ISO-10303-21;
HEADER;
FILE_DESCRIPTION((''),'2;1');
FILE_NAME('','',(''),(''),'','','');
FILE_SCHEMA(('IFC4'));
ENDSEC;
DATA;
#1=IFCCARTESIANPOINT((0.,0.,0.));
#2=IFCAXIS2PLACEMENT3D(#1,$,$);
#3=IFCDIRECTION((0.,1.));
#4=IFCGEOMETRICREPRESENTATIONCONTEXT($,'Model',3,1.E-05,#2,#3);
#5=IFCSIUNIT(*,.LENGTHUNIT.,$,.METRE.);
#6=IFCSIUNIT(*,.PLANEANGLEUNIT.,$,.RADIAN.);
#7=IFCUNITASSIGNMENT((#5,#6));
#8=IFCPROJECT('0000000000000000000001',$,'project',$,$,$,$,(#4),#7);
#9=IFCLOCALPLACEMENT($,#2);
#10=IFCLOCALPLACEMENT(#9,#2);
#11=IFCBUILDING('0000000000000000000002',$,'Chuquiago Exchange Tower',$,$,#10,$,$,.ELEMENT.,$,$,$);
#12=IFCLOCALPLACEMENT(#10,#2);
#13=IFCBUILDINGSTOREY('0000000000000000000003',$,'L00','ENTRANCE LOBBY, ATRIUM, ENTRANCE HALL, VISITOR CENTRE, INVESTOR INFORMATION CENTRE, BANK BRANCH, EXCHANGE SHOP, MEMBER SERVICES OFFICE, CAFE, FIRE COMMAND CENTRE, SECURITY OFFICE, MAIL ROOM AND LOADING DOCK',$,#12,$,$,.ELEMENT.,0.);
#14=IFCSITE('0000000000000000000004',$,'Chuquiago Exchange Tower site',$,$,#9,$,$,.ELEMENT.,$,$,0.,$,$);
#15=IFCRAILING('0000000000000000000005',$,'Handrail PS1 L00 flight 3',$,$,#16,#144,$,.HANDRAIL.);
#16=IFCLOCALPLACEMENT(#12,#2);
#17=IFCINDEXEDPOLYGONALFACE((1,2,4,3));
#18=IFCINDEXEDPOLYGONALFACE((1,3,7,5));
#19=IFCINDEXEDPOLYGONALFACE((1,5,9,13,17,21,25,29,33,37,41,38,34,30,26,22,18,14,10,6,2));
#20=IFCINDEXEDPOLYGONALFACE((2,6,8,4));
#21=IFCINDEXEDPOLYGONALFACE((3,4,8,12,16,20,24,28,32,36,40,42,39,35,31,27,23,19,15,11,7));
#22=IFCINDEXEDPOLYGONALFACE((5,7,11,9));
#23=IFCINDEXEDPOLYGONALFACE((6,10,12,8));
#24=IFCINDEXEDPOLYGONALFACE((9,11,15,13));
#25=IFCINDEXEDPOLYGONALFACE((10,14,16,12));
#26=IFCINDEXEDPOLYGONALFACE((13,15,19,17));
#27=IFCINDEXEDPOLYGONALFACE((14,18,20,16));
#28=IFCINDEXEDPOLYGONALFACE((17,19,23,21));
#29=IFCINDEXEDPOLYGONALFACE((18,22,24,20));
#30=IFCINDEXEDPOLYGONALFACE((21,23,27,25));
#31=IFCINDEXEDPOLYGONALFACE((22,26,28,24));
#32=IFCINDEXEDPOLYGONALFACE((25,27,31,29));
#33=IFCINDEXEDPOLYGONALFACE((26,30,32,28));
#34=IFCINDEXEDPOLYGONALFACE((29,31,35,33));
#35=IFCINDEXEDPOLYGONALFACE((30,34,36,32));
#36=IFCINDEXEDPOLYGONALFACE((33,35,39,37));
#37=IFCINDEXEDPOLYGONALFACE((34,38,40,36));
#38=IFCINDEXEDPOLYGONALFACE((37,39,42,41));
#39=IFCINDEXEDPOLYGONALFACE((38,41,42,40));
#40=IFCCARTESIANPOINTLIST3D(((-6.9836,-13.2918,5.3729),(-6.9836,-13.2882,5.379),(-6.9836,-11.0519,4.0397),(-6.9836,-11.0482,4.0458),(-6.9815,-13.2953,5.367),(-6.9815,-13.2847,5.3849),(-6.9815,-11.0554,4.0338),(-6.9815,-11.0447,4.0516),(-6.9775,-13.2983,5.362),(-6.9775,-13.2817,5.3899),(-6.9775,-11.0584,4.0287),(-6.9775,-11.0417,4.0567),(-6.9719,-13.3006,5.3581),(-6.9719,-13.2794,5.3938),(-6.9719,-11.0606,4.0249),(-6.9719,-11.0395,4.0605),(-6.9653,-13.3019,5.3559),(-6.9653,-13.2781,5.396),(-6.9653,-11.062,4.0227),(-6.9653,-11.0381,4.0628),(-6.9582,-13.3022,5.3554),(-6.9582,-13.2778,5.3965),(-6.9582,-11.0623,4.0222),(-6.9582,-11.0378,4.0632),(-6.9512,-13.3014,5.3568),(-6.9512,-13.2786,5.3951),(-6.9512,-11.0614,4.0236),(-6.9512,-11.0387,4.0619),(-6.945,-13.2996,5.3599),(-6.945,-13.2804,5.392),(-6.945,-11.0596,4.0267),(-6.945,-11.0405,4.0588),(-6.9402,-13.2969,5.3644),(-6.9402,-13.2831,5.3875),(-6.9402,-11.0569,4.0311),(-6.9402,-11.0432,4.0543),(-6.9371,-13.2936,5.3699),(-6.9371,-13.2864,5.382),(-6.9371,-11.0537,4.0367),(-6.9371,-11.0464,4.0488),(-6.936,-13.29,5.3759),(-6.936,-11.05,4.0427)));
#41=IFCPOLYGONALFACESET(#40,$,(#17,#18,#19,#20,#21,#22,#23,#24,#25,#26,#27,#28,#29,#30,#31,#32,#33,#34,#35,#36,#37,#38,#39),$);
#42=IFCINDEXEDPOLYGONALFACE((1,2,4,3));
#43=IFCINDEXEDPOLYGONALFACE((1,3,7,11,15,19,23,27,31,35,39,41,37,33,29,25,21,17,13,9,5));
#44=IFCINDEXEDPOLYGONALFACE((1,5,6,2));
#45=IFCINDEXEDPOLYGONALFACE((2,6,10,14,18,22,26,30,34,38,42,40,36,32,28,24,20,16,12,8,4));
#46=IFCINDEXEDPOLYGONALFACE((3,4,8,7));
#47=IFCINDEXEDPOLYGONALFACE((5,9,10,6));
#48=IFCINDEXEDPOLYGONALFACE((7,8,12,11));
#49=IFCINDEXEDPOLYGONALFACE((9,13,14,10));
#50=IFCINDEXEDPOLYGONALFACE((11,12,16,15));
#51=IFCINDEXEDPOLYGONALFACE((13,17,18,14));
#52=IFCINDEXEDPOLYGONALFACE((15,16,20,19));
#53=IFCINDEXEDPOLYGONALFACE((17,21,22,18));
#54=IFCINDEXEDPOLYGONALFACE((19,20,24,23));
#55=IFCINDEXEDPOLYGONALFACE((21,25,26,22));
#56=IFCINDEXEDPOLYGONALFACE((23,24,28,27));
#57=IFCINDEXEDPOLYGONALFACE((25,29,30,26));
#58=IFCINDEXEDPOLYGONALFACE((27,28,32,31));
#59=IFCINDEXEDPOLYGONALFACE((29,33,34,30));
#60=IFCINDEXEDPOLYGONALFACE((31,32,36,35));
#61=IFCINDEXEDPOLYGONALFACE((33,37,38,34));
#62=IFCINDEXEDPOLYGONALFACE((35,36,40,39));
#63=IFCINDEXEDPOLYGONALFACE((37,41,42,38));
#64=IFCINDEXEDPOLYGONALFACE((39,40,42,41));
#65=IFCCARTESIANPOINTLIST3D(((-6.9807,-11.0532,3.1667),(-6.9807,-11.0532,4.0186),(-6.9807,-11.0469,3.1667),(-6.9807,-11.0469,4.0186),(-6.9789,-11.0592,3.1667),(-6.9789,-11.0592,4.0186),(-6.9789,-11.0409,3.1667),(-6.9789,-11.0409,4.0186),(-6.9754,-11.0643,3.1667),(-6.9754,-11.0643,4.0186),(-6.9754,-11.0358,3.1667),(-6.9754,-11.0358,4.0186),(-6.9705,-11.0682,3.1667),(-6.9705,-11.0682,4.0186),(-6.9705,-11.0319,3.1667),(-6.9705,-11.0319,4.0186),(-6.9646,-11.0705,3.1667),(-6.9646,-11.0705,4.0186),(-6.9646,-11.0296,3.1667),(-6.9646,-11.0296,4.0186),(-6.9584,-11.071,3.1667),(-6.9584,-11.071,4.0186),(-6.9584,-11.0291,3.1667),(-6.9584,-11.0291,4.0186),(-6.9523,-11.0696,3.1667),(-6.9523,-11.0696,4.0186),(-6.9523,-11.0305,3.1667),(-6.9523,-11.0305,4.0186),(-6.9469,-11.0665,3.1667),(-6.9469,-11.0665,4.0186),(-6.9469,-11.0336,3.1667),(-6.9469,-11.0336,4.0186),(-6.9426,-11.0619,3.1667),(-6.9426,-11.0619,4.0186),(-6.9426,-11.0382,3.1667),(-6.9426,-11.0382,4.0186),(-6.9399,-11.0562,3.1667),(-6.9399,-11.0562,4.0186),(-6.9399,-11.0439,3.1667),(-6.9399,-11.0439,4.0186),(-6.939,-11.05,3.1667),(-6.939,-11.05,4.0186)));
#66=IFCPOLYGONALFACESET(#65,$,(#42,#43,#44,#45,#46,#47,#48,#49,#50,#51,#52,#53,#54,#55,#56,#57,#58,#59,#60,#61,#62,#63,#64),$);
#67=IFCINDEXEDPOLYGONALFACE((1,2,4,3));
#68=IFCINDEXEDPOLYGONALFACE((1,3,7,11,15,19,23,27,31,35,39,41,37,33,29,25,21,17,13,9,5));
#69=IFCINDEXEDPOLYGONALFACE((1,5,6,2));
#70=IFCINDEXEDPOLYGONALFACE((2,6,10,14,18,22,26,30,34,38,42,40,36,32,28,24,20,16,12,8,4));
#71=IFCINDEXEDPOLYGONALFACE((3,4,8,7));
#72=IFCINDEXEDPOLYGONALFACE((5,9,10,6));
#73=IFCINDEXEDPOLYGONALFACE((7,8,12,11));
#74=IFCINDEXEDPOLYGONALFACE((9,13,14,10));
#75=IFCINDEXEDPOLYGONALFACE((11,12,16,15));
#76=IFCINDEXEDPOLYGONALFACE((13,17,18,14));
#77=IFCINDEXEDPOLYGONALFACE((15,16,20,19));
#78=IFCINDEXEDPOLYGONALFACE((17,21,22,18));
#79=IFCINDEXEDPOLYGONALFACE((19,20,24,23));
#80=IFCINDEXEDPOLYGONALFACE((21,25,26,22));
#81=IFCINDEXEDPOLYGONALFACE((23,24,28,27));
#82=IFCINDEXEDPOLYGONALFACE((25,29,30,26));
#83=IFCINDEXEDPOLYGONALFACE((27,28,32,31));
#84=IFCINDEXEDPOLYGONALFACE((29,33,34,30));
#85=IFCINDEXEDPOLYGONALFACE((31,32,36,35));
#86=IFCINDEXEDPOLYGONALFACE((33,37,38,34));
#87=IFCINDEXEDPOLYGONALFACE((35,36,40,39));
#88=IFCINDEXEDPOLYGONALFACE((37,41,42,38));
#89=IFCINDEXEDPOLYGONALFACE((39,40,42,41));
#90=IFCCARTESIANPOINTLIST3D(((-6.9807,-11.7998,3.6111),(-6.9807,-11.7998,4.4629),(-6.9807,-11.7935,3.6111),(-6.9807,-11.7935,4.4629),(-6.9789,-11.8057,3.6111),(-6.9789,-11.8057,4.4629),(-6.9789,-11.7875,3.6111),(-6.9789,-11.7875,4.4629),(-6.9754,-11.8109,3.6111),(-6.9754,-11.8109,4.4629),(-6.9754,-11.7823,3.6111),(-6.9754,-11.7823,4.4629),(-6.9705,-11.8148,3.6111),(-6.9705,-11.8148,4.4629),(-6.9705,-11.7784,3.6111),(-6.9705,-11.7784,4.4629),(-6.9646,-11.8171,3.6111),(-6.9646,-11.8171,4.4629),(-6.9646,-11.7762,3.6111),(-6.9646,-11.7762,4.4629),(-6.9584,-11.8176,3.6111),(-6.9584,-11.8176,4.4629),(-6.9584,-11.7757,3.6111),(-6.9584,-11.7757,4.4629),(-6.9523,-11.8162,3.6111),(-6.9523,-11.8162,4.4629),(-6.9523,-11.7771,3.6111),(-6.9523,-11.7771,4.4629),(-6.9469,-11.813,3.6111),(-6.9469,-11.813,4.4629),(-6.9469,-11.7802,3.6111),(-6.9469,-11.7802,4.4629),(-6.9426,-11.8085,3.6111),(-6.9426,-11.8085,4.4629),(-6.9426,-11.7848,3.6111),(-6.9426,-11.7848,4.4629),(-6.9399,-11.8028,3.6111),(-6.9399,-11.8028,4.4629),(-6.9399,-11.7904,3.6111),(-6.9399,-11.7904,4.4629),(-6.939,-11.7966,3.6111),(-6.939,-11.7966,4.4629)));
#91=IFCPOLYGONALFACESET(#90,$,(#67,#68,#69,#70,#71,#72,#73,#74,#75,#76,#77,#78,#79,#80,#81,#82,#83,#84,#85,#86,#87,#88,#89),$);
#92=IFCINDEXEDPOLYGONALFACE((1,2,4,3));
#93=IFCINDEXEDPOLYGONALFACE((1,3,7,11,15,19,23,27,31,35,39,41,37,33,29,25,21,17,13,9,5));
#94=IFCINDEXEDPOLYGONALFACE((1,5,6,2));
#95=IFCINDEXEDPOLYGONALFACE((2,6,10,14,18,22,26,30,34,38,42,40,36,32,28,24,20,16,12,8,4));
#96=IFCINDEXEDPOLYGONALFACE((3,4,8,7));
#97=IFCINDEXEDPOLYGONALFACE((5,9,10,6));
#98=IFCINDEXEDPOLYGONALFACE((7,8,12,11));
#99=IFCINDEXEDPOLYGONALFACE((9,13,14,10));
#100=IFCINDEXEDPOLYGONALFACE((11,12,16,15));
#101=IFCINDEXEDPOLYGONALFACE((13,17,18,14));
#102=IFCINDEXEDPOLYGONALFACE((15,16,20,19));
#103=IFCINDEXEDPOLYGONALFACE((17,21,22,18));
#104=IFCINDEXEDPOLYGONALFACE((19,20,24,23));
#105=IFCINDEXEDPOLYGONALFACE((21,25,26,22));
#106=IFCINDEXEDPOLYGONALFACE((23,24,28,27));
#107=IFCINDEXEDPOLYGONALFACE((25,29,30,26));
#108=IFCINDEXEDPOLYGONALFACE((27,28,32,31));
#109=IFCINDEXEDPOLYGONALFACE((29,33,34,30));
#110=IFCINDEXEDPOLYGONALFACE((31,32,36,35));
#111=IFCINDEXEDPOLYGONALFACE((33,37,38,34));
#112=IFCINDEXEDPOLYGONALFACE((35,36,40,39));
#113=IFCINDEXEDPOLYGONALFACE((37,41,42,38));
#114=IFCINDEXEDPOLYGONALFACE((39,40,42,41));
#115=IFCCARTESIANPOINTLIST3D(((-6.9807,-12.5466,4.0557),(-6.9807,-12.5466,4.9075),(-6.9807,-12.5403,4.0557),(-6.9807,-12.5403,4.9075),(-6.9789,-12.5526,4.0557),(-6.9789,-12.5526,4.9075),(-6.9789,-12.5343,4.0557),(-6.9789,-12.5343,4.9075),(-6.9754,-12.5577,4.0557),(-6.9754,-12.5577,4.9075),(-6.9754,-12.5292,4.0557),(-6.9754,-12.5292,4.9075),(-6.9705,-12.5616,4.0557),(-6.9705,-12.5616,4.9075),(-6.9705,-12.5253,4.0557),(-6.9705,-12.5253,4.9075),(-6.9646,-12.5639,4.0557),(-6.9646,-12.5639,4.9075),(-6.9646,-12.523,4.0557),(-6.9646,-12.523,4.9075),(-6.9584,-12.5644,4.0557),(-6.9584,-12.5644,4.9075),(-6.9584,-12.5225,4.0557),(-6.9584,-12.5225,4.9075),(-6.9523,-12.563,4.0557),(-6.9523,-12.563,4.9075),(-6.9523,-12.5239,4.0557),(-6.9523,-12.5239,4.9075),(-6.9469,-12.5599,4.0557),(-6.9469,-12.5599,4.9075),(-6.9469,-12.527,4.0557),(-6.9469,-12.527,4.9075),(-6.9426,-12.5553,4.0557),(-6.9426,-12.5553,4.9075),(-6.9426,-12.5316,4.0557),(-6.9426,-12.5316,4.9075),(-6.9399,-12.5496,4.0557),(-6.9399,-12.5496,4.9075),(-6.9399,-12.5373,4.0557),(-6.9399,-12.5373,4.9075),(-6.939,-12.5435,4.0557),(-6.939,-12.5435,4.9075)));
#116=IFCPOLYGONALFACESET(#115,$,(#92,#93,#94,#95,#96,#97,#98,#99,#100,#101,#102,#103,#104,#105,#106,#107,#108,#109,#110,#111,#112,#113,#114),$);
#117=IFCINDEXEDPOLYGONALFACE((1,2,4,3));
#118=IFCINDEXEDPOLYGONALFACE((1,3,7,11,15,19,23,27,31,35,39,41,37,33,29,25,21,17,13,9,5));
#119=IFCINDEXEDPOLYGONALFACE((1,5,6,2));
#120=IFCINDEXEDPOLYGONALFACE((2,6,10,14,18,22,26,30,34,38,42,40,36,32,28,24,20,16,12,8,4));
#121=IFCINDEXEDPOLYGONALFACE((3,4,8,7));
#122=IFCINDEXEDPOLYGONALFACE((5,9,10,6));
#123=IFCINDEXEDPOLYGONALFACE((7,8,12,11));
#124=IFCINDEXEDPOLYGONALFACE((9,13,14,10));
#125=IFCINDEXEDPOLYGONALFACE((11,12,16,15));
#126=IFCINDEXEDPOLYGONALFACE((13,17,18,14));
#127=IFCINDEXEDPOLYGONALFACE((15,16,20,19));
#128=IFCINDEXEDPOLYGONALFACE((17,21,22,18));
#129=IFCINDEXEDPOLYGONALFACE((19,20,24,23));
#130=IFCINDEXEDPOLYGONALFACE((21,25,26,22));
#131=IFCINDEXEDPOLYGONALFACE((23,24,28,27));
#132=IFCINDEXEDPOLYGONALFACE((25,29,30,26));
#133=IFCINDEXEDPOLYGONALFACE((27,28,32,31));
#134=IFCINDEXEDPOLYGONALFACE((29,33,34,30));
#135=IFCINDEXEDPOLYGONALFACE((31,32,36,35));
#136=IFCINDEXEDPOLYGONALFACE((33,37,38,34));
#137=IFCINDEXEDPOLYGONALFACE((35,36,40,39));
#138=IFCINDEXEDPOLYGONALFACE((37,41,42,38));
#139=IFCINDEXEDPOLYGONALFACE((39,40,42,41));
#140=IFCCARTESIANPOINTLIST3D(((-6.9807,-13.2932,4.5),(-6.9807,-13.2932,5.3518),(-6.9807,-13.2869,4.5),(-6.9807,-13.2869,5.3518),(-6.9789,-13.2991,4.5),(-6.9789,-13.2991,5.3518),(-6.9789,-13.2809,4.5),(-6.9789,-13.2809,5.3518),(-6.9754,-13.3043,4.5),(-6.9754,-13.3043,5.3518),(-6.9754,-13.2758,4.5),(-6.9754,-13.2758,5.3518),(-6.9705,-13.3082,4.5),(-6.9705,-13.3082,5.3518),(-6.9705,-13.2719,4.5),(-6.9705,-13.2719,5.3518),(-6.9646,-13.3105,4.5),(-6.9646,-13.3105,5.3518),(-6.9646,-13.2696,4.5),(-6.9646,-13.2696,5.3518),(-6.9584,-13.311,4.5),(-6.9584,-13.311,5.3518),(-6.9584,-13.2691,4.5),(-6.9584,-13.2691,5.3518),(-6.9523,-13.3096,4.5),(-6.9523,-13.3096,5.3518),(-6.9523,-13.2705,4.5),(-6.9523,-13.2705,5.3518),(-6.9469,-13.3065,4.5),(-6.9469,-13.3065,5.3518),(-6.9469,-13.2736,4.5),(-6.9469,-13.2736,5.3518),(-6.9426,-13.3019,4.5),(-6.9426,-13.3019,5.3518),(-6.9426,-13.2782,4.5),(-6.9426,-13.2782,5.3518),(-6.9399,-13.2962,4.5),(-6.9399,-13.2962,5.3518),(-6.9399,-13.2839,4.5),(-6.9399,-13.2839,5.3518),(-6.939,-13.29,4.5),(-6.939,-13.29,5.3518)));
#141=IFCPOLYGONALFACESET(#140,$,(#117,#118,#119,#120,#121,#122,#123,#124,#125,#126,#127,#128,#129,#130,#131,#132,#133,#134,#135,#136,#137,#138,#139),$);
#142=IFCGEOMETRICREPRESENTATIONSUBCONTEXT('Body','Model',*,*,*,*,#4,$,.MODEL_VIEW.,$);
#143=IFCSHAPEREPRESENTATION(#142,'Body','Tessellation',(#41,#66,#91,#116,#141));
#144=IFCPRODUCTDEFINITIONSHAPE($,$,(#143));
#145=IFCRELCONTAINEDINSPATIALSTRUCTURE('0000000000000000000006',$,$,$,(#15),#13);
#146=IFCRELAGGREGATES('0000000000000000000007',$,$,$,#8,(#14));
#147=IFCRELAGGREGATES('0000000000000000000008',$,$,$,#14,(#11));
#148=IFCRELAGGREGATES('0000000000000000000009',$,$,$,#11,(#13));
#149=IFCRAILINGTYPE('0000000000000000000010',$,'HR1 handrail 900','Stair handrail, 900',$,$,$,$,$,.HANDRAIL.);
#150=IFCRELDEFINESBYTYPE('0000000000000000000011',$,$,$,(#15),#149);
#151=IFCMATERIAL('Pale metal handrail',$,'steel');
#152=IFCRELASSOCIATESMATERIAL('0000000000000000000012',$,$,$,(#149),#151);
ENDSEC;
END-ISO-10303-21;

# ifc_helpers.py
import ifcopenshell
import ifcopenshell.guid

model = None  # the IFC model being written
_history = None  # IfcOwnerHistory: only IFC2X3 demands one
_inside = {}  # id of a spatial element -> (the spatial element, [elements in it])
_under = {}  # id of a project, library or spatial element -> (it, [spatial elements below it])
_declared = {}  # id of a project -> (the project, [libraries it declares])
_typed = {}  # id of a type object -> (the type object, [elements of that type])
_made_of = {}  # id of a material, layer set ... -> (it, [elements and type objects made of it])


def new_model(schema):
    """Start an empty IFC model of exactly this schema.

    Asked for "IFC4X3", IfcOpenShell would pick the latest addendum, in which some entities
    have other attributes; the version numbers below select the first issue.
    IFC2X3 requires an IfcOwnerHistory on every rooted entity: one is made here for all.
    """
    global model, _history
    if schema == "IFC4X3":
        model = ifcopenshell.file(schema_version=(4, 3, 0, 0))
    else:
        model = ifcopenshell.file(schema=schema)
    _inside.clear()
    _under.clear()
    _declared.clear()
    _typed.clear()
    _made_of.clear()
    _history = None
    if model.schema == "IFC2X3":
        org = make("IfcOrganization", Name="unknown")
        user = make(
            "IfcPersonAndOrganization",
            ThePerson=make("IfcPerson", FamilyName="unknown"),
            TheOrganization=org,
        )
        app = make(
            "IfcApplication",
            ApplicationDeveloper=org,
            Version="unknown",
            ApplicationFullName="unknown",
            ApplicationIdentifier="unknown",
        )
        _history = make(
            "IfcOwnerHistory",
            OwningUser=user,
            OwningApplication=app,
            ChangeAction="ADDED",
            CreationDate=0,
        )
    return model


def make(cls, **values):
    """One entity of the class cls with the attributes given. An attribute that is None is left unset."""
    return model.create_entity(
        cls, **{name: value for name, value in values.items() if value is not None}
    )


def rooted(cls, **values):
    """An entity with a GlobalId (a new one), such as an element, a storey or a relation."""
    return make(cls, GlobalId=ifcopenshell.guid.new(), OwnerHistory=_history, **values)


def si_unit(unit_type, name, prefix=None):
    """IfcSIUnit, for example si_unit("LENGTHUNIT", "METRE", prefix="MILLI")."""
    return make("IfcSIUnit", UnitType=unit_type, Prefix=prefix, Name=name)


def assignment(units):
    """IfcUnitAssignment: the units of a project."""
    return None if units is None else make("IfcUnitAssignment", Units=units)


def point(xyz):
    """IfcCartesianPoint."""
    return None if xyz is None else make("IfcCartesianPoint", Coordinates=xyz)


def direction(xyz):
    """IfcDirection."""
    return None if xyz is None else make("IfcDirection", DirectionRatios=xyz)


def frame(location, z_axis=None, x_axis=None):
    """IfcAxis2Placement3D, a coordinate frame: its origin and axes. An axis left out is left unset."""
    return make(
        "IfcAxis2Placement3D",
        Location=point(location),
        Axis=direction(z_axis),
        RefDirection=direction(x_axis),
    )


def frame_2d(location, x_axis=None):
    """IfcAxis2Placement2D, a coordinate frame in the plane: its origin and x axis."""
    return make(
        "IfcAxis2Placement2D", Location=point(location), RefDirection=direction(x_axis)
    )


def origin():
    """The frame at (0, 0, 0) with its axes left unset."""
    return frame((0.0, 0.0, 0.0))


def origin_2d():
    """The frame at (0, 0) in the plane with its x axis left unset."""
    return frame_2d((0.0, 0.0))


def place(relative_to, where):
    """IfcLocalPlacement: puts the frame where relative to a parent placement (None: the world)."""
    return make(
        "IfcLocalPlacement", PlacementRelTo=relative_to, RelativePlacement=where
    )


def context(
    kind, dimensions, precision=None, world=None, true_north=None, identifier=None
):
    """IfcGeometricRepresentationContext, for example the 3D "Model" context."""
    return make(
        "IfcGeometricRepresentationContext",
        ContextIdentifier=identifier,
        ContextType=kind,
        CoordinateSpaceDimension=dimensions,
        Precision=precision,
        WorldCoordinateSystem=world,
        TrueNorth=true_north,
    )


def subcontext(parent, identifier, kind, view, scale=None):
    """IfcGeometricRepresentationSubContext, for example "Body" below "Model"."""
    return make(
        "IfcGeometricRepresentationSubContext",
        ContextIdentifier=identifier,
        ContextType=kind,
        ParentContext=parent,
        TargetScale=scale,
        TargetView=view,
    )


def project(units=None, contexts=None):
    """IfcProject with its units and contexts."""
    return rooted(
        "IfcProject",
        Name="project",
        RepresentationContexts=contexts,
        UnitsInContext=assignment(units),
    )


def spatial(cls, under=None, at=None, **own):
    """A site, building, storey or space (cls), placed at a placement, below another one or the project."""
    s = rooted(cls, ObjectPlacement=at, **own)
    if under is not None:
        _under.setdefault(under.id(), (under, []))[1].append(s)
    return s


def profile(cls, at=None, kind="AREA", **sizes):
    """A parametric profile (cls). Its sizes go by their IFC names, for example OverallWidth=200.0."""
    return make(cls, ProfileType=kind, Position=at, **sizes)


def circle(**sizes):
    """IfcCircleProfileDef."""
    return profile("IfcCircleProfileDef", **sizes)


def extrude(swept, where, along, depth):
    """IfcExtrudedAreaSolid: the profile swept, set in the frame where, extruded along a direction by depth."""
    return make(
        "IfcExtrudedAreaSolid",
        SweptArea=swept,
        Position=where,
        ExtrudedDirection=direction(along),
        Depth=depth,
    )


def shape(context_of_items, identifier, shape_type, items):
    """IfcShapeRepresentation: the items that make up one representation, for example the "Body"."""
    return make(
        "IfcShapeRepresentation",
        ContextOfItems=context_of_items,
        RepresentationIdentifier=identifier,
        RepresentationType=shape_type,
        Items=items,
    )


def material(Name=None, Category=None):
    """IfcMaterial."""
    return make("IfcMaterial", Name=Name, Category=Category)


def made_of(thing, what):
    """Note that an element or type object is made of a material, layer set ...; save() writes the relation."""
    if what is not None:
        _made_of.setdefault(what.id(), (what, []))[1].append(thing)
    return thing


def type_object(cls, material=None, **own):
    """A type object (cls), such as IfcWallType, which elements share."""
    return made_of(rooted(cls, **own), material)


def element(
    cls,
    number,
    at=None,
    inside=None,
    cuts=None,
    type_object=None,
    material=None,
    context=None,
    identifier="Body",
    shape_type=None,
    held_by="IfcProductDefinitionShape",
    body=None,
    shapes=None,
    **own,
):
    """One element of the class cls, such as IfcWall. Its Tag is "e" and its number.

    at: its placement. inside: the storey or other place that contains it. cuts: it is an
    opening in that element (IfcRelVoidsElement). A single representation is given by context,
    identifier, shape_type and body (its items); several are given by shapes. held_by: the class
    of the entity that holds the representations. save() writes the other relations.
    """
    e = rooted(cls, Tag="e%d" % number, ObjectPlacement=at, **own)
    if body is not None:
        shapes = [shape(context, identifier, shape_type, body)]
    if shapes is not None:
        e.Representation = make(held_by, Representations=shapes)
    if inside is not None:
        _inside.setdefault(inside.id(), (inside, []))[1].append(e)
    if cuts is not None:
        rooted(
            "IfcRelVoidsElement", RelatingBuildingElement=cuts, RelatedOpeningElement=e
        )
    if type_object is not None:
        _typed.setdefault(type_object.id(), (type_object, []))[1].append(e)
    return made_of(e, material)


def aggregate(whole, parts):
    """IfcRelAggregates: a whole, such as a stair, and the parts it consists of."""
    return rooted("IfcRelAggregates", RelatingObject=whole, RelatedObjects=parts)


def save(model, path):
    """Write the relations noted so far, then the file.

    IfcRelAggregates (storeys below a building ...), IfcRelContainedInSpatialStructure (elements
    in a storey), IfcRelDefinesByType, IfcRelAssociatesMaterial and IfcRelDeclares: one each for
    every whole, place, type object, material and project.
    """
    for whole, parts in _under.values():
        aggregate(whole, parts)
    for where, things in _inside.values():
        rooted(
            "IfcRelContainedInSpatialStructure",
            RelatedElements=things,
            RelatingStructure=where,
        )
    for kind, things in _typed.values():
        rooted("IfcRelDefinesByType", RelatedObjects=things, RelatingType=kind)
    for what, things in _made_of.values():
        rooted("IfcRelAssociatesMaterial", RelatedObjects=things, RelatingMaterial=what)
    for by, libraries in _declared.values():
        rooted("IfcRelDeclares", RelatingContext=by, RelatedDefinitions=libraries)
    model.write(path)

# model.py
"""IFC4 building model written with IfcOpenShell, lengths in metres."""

from ifc_helpers import new_model, si_unit, direction, frame, origin, origin_2d, place, context, subcontext, project, spatial, circle, extrude, material, type_object, element, save


model = new_model("IFC4")

# Units and contexts
model_context = context("Model", 3, precision=1e-05, world=origin(), true_north=direction((0.0, 1.0)))
body_context = subcontext(model_context, "Body", "Model", "MODEL_VIEW")
ifc_project = project(units=[si_unit("LENGTHUNIT", "METRE"), si_unit("PLANEANGLEUNIT", "RADIAN")], contexts=[model_context])

# Site, building, storey
site_placement = place(None, origin())
site = spatial("IfcSite", under=ifc_project, at=site_placement, Name="Chuquiago Exchange Tower site", CompositionType="ELEMENT", RefElevation=0.0)
building_placement = place(site_placement, origin())
building = spatial("IfcBuilding", under=site, at=building_placement, Name="Chuquiago Exchange Tower", CompositionType="ELEMENT")
storey_placement = place(building_placement, origin())
storey = spatial("IfcBuildingStorey", under=building, at=storey_placement, Name="L00", Description="ENTRANCE LOBBY, ATRIUM, ENTRANCE HALL, VISITOR CENTRE, INVESTOR INFORMATION CENTRE, BANK BRANCH, EXCHANGE SHOP, MEMBER SERVICES OFFICE, CAFE, FIRE COMMAND CENTRE, SECURITY OFFICE, MAIL ROOM AND LOADING DOCK", CompositionType="ELEMENT", Elevation=0.0)

# Railing
ifc_material_1 = material(Name="Pale metal handrail", Category="steel")
railing_type = type_object("IfcRailingType", Name="HR1 handrail 900", Description="Stair handrail, 900", PredefinedType="HANDRAIL", material=ifc_material_1)
for number, where, name in (
    (1, (-6.96, -11.05, 3.1667), "Handrail PS1 L00 flight 3"),
):
    element("IfcRailing", number, at=place(storey_placement, frame(where)), inside=storey, type_object=railing_type, Name=name, PredefinedType="HANDRAIL", context=body_context, shape_type="SweptSolid", body=[
        extrude(circle(Radius=0.0239, at=origin_2d()), frame((0.0, 0.0, 0.876), z_axis=(0.0, -0.859306, 0.511462), x_axis=(1.0, 0.0, 0.0)), (0.0, 0.0, 1.0), 2.6067),
        extrude(circle(Radius=0.021, at=origin_2d()), origin(), (0.0, 0.0, 1.0), 0.8518),
        extrude(circle(Radius=0.021, at=origin_2d()), frame((0.0, -0.7466, 0.4443)), (0.0, 0.0, 1.0), 0.8518),
        extrude(circle(Radius=0.021, at=origin_2d()), frame((0.0, -1.4934, 0.8889)), (0.0, 0.0, 1.0), 0.8518),
        extrude(circle(Radius=0.021, at=origin_2d()), frame((0.0, -2.24, 1.3333)), (0.0, 0.0, 1.0), 0.8518),
    ])

save(model, "model.ifc")
